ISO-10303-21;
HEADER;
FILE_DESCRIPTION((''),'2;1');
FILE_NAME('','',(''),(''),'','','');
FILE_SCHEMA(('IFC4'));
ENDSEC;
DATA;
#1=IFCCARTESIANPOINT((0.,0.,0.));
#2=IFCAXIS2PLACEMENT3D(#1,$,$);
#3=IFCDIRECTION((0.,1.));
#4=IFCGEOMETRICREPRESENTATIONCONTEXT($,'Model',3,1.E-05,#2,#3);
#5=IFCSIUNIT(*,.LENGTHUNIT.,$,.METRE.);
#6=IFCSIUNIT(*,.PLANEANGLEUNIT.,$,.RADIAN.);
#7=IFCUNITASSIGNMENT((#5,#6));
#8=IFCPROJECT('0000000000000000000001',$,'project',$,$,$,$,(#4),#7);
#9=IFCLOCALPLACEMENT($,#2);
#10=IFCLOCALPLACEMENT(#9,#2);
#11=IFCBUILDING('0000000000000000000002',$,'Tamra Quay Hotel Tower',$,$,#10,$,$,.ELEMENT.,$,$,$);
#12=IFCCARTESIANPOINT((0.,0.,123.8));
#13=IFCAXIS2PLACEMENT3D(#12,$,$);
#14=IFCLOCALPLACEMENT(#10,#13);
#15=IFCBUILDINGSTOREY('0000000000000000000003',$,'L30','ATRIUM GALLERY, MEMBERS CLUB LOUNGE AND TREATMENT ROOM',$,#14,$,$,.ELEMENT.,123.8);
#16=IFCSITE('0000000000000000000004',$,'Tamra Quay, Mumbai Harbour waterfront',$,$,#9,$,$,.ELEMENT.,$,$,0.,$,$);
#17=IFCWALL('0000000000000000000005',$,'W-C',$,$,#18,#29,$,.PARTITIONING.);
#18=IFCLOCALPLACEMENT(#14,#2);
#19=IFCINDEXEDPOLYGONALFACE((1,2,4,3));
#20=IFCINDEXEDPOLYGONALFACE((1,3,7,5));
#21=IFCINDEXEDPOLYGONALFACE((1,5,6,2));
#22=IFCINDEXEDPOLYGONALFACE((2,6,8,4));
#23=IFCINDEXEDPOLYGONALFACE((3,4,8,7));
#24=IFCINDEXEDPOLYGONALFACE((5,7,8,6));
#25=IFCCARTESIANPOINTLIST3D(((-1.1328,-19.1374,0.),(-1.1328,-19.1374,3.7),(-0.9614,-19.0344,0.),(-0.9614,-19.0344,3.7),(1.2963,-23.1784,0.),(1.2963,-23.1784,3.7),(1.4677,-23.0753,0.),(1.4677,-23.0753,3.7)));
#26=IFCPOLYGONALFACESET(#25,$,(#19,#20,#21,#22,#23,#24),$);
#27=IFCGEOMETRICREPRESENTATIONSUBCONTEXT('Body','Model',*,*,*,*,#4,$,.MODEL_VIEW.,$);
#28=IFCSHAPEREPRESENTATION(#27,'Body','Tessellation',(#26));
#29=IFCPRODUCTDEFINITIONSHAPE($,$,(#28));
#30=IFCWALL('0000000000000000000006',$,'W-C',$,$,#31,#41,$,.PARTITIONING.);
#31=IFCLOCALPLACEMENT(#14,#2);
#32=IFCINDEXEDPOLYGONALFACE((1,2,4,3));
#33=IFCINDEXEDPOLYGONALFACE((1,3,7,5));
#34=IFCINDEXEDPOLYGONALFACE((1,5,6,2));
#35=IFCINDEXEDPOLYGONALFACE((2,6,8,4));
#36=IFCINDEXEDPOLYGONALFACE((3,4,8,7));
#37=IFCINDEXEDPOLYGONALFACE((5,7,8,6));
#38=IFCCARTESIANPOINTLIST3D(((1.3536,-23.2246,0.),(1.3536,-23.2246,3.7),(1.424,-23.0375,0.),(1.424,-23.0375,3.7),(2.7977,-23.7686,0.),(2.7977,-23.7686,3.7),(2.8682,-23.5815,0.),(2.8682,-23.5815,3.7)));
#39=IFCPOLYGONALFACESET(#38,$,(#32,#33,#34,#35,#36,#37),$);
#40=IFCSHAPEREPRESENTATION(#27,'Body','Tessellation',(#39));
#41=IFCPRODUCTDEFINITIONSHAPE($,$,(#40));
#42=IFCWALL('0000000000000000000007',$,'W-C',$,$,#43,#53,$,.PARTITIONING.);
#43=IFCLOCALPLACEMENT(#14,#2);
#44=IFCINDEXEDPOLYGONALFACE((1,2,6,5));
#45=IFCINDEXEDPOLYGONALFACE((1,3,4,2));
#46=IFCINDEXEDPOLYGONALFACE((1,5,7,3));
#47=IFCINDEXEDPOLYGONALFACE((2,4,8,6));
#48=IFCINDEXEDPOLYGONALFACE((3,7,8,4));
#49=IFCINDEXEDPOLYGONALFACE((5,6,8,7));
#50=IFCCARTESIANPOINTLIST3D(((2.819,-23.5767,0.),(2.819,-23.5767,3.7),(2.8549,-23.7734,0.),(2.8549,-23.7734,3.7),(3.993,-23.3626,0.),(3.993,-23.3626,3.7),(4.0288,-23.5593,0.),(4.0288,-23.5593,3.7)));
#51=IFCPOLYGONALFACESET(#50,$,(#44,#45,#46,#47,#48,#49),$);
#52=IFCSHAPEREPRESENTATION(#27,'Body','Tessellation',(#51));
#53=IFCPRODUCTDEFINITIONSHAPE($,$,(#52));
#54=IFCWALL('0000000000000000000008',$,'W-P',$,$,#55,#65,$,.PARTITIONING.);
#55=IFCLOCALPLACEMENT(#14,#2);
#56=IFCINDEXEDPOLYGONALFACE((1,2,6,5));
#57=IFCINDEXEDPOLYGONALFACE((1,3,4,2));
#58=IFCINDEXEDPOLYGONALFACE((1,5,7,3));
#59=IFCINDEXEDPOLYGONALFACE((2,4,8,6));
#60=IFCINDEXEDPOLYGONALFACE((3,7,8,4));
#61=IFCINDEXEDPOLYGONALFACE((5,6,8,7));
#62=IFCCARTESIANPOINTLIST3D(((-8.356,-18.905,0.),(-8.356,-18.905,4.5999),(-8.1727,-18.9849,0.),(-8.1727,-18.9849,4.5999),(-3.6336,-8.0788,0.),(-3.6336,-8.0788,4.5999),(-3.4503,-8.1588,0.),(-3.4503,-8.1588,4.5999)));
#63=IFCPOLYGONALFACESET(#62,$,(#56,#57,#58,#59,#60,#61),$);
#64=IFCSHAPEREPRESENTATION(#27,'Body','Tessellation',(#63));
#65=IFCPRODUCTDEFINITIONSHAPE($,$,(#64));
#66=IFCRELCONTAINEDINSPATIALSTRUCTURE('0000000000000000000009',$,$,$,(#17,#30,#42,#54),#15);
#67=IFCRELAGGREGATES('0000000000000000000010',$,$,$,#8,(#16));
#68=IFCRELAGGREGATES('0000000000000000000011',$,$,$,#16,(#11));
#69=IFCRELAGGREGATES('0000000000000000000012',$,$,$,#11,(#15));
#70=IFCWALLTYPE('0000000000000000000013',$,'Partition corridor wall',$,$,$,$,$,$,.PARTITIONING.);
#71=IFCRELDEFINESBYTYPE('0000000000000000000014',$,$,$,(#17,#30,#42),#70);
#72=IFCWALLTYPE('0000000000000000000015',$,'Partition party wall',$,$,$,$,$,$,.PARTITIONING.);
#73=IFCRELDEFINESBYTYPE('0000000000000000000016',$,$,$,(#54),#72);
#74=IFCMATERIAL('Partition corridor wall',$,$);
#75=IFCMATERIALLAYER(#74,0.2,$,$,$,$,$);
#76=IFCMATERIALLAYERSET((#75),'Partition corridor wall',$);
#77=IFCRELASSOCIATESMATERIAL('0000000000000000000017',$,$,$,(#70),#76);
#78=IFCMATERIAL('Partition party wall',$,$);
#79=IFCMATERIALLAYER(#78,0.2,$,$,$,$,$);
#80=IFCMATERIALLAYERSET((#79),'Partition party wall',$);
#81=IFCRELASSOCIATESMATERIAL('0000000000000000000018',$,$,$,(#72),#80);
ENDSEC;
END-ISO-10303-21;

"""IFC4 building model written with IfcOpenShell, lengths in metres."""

from ifc_helpers import new_model, si_unit, direction, frame, frame_2d, origin, place, context, subcontext, project, spatial, rectangle, extrude, material, layer, layer_set, type_object, element, save


model = new_model("IFC4")

# Units and contexts
model_context = context("Model", 3, precision=1e-05, world=origin(), true_north=direction((0.0, 1.0)))
body_context = subcontext(model_context, "Body", "Model", "MODEL_VIEW")
ifc_project = project(units=[si_unit("LENGTHUNIT", "METRE"), si_unit("PLANEANGLEUNIT", "RADIAN")], contexts=[model_context])

# Site, building, storey
site_placement = place(None, origin())
site = spatial("IfcSite", under=ifc_project, at=site_placement, Name="Tamra Quay, Mumbai Harbour waterfront", CompositionType="ELEMENT", RefElevation=0.0)
building_placement = place(site_placement, origin())
building = spatial("IfcBuilding", under=site, at=building_placement, Name="Tamra Quay Hotel Tower", CompositionType="ELEMENT")
storey_placement = place(building_placement, frame((0.0, 0.0, 123.8)))
storey = spatial("IfcBuildingStorey", under=building, at=storey_placement, Name="L30", Description="ATRIUM GALLERY, MEMBERS CLUB LOUNGE AND TREATMENT ROOM", CompositionType="ELEMENT", Elevation=123.8)

# Walls
ifc_material_1 = material(Name="Partition corridor wall")
ifc_layer_1 = layer(ifc_material_1, 0.2)
ifc_layer_set_1 = layer_set([ifc_layer_1], Name="Partition corridor wall")
wall_type_1 = type_object("IfcWallType", Name="Partition corridor wall", PredefinedType="PARTITIONING", material=ifc_layer_set_1)
wall_1_placement = place(storey_placement, frame((-1.0471, -19.0859, 0.0), z_axis=(0.0, 0.0, 1.0), x_axis=(0.515211, -0.857063, 0.0)))
element("IfcWall", 1, at=wall_1_placement, inside=storey, type_object=wall_type_1, Name="W-C", PredefinedType="PARTITIONING", context=body_context, shape_type="SweptSolid", body=[
    extrude(rectangle(XDim=4.7148, YDim=0.2, at=frame_2d((2.3574, 0.0))), origin(), (0.0, 0.0, 1.0), 3.7),
])
wall_2_placement = place(storey_placement, frame((1.3889, -23.1311, 0.0), z_axis=(0.0, 0.0, 1.0), x_axis=(0.935815, -0.352493, 0.0)))
element("IfcWall", 2, at=wall_2_placement, inside=storey, type_object=wall_type_1, Name="W-C", PredefinedType="PARTITIONING", context=body_context, shape_type="SweptSolid", body=[
    extrude(rectangle(XDim=1.5432, YDim=0.2, at=frame_2d((0.7715, 0.0))), origin(), (0.0, 0.0, 1.0), 3.7),
])
wall_3_placement = place(storey_placement, frame((2.8369, -23.675, 0.0), z_axis=(0.0, 0.0, 1.0), x_axis=(0.983775, 0.179407, 0.0)))
element("IfcWall", 3, at=wall_3_placement, inside=storey, type_object=wall_type_1, Name="W-C", PredefinedType="PARTITIONING", context=body_context, shape_type="SweptSolid", body=[
    extrude(rectangle(XDim=1.1934, YDim=0.2, at=frame_2d((0.5967, 0.0))), origin(), (0.0, 0.0, 1.0), 3.7),
])
ifc_material_2 = material(Name="Partition party wall")
ifc_layer_2 = layer(ifc_material_2, 0.2)
ifc_layer_set_2 = layer_set([ifc_layer_2], Name="Partition party wall")
wall_type_2 = type_object("IfcWallType", Name="Partition party wall", PredefinedType="PARTITIONING", material=ifc_layer_set_2)
wall_4_placement = place(storey_placement, frame((-8.2644, -18.9451, 0.0), z_axis=(0.0, 0.0, 1.0), x_axis=(0.399821, 0.916593, 0.0)))
element("IfcWall", 4, at=wall_4_placement, inside=storey, type_object=wall_type_2, Name="W-P", PredefinedType="PARTITIONING", context=body_context, shape_type="SweptSolid", body=[
    extrude(rectangle(XDim=11.8113, YDim=0.2, at=frame_2d((5.9058, 0.0))), origin(), (0.0, 0.0, 1.0), 4.5999),
])

save(model, "model.ifc")
